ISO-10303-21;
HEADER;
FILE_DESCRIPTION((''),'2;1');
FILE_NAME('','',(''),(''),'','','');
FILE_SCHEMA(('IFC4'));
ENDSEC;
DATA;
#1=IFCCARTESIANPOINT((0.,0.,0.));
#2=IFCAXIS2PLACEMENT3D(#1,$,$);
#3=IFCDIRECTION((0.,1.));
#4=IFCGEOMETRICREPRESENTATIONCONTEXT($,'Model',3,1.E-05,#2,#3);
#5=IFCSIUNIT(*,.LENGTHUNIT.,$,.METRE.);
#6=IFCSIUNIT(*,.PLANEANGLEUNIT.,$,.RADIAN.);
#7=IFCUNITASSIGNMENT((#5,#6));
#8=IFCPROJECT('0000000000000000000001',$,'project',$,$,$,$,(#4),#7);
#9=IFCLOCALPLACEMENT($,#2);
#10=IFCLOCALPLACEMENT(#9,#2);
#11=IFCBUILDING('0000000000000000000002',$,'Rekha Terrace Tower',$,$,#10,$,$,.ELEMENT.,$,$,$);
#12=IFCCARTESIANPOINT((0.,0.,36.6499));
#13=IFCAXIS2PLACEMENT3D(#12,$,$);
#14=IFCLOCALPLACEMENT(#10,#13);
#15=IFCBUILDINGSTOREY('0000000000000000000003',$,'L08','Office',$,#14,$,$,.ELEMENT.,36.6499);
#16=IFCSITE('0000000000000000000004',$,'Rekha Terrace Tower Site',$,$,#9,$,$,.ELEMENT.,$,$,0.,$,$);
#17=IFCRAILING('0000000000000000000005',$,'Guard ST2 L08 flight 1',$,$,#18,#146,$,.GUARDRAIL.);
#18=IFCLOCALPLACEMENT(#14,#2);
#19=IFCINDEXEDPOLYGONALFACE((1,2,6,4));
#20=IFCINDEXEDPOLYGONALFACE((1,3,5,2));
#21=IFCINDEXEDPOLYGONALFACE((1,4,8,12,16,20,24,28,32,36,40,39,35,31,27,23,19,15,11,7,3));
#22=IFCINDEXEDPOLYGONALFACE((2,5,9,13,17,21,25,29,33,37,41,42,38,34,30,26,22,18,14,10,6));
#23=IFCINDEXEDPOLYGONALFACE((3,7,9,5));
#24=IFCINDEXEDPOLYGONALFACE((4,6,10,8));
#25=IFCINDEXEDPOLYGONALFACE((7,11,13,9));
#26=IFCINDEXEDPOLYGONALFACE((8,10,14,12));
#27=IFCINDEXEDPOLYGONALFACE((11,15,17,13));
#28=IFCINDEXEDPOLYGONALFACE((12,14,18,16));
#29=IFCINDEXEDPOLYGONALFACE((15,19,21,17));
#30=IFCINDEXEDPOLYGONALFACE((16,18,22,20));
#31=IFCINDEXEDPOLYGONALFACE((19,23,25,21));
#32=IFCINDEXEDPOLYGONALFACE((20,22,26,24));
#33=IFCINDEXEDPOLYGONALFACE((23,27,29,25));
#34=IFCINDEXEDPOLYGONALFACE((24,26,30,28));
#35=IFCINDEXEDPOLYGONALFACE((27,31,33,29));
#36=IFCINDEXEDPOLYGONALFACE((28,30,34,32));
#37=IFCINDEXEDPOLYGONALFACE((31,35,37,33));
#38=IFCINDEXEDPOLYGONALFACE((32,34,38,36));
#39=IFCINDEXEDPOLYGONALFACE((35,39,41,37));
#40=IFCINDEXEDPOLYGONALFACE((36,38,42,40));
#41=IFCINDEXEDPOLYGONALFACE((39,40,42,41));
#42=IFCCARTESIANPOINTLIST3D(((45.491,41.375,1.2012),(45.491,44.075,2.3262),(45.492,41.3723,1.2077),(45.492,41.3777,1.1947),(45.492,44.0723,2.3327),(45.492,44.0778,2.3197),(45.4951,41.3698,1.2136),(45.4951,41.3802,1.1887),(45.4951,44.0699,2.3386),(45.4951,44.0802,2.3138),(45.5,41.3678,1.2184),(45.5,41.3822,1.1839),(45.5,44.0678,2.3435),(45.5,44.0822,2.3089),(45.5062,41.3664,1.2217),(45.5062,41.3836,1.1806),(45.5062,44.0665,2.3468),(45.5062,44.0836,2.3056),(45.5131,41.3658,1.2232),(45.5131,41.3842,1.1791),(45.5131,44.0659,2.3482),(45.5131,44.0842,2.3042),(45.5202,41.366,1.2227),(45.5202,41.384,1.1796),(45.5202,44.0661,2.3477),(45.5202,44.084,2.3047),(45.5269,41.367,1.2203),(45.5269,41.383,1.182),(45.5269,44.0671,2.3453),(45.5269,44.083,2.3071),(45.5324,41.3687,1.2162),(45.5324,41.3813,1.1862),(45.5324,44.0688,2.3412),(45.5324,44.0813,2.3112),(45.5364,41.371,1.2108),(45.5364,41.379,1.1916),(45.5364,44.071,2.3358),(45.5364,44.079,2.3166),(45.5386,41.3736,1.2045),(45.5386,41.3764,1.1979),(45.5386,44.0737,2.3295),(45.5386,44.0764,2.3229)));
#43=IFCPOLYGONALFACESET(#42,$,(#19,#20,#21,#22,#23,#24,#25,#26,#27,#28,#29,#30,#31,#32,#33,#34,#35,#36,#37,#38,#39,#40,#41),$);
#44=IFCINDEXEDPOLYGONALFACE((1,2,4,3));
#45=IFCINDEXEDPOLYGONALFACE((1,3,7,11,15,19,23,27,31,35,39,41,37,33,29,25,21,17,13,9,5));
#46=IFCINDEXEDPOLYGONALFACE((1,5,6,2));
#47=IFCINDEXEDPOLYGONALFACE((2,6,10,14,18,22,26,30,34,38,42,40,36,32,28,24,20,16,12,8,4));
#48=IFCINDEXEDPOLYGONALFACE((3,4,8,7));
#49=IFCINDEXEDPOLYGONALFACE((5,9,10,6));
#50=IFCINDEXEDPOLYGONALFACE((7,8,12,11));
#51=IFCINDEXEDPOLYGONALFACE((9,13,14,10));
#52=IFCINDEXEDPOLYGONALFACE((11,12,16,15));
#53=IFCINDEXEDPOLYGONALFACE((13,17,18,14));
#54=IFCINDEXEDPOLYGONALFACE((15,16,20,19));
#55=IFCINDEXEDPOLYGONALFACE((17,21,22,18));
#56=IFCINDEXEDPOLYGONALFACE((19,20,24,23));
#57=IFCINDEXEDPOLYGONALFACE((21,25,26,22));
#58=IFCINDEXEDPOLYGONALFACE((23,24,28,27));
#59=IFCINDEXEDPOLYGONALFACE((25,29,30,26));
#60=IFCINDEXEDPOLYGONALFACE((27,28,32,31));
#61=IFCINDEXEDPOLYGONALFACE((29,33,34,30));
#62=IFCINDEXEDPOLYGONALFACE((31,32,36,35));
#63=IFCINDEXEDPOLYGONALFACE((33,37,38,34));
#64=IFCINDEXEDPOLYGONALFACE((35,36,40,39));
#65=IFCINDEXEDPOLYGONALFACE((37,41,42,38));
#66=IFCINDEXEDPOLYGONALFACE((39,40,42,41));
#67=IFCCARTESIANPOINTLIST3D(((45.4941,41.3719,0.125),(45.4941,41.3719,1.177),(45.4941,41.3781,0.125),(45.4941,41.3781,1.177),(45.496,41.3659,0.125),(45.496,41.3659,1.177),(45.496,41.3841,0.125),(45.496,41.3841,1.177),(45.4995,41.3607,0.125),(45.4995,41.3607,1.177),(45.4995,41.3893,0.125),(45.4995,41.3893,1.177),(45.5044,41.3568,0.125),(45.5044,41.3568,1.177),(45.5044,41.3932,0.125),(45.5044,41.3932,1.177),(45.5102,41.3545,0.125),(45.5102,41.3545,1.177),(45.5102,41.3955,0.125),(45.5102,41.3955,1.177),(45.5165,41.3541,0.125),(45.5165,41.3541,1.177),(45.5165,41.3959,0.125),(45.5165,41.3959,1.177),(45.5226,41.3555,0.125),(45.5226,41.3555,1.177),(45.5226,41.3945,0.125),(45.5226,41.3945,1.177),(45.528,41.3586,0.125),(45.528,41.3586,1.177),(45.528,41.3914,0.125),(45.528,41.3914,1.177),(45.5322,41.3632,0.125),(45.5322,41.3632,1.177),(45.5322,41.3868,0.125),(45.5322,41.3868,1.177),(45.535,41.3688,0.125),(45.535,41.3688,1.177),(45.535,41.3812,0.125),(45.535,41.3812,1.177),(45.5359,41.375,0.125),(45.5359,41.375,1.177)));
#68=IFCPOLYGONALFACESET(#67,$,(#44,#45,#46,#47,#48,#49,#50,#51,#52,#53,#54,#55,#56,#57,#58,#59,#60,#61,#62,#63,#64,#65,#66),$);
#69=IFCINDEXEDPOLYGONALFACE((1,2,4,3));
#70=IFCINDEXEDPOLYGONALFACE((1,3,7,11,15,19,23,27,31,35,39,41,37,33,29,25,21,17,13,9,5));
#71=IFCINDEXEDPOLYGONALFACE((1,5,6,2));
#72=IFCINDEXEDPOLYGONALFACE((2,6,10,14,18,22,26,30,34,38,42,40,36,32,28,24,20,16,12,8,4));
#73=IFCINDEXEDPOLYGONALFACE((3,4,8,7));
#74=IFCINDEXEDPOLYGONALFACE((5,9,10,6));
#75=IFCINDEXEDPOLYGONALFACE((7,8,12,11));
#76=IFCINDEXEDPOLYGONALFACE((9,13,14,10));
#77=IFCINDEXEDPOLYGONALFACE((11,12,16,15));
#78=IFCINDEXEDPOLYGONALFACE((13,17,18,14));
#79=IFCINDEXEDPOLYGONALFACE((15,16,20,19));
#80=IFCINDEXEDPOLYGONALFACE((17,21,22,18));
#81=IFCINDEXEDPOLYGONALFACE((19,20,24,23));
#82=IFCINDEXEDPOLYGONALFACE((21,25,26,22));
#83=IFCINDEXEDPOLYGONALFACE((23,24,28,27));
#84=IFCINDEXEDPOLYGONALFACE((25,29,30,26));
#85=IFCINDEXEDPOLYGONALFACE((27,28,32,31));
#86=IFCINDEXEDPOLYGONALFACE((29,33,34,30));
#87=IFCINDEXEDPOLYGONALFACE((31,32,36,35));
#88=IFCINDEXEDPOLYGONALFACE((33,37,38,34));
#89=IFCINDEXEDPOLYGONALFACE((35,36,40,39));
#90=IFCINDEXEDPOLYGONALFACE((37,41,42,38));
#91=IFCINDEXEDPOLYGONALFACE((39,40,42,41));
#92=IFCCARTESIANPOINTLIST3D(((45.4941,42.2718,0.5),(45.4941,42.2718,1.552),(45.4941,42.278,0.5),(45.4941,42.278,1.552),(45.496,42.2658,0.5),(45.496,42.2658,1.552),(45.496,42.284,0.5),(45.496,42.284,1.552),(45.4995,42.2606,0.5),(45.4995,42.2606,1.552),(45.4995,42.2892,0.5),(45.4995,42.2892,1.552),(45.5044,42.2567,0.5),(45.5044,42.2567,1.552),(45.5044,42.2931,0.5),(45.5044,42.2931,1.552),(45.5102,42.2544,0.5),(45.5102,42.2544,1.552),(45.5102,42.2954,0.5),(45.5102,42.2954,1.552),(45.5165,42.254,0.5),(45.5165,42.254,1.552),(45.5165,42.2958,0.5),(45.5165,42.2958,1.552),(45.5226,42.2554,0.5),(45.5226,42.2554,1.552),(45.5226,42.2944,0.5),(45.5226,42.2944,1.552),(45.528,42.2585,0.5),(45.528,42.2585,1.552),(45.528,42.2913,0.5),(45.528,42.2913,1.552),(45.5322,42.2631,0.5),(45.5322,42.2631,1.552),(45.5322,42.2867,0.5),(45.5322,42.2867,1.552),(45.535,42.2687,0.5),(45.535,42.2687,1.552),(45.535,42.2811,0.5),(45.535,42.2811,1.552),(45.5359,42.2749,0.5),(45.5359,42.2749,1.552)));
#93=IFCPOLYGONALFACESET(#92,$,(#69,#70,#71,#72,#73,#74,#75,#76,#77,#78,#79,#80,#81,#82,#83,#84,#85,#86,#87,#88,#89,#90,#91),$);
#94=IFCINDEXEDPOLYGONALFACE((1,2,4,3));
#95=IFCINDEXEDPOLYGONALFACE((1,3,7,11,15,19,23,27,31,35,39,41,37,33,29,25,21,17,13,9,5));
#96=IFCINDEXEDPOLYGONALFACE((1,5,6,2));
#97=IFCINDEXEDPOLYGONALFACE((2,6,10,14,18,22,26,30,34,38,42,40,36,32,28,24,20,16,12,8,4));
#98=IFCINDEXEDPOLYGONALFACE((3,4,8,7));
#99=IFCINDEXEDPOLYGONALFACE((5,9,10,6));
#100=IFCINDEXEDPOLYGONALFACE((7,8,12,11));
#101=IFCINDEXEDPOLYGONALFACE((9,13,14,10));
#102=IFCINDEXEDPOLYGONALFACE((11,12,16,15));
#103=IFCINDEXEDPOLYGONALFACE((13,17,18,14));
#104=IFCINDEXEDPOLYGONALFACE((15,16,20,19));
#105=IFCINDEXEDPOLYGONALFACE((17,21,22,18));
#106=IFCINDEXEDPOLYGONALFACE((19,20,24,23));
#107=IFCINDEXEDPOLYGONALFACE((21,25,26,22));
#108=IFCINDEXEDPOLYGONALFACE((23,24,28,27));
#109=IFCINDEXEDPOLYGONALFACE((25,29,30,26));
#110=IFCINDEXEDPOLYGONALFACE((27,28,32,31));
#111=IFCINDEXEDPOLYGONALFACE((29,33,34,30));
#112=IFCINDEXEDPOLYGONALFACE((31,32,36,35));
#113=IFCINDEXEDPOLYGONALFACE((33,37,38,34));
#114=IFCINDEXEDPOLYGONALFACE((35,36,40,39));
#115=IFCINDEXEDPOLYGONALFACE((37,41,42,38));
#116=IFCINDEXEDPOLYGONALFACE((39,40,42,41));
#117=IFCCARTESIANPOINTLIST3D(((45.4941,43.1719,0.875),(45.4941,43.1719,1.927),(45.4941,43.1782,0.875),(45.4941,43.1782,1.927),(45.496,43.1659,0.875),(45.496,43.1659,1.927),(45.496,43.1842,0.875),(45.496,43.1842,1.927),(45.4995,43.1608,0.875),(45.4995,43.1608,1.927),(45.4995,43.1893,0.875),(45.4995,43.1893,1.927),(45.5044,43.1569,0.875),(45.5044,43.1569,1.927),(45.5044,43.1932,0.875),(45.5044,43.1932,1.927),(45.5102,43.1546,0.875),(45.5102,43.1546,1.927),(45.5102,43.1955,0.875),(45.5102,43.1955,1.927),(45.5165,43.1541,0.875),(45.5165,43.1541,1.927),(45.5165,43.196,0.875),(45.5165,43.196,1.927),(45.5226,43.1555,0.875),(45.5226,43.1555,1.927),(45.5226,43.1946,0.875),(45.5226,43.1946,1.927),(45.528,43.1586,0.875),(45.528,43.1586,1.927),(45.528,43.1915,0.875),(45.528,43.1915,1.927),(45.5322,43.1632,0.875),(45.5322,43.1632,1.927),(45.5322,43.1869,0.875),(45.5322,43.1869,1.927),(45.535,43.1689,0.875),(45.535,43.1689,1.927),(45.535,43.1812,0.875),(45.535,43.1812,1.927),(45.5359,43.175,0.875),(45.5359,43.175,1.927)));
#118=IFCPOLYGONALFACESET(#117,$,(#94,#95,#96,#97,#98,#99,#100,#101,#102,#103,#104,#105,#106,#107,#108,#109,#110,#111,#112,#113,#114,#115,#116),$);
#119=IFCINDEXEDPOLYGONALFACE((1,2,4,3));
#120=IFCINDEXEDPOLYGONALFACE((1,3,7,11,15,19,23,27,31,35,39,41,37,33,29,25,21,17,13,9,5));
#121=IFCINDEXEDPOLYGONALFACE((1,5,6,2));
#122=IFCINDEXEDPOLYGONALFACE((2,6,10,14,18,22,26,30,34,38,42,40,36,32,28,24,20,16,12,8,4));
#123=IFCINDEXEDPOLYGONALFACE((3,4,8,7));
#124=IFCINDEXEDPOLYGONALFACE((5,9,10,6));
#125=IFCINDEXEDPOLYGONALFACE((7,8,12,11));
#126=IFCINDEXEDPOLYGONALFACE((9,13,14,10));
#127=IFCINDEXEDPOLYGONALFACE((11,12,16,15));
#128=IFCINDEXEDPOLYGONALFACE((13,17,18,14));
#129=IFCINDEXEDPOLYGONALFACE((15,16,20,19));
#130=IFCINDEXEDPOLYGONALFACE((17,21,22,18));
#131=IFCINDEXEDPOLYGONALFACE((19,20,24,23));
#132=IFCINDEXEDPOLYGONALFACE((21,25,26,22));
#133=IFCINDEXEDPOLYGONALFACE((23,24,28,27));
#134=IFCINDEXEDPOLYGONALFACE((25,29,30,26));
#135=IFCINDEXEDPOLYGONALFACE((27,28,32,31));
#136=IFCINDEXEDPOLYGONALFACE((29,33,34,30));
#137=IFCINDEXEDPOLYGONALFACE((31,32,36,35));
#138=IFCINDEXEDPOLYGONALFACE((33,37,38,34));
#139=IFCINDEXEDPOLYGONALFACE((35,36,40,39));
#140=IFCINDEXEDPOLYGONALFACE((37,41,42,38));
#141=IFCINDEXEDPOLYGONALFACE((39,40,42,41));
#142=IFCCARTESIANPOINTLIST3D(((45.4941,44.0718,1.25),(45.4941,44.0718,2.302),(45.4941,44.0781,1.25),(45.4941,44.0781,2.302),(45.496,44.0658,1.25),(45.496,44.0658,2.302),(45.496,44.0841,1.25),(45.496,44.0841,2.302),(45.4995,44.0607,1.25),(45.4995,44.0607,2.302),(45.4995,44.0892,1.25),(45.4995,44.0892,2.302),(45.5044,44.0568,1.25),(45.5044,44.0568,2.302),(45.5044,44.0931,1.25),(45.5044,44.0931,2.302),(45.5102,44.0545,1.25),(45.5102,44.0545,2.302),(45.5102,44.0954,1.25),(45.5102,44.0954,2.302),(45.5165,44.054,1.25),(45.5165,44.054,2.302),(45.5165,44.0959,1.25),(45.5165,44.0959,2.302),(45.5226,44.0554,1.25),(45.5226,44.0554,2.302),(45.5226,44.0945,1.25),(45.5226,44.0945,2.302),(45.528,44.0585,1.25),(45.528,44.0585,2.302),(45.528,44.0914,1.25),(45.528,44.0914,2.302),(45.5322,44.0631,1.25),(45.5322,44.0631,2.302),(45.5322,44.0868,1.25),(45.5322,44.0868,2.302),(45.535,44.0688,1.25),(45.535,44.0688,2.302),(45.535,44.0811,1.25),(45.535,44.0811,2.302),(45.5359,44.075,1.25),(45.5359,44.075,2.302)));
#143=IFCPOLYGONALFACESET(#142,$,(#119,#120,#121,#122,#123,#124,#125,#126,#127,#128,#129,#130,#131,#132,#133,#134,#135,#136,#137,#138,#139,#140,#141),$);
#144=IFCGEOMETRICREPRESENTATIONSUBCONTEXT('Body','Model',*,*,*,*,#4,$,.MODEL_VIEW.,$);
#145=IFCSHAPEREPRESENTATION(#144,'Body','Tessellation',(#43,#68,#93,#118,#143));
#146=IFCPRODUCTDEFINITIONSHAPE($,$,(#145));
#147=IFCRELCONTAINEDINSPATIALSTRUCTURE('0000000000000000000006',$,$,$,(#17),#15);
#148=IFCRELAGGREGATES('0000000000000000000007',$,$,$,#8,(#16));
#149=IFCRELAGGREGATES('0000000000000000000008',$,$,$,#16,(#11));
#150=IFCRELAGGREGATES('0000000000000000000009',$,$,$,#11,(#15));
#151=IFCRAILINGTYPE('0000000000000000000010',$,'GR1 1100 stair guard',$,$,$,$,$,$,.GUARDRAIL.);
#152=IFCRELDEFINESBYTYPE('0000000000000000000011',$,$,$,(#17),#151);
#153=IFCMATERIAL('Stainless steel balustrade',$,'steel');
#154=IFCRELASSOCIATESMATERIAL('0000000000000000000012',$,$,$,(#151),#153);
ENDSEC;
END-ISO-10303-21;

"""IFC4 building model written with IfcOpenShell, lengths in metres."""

from ifc_helpers import new_model, si_unit, direction, frame, origin, origin_2d, place, context, subcontext, project, spatial, circle, extrude, material, type_object, element, save


model = new_model("IFC4")

# Units and contexts
model_context = context("Model", 3, precision=1e-05, world=origin(), true_north=direction((0.0, 1.0)))
body_context = subcontext(model_context, "Body", "Model", "MODEL_VIEW")
ifc_project = project(units=[si_unit("LENGTHUNIT", "METRE"), si_unit("PLANEANGLEUNIT", "RADIAN")], contexts=[model_context])

# Site, building, storey
site_placement = place(None, origin())
site = spatial("IfcSite", under=ifc_project, at=site_placement, Name="Rekha Terrace Tower Site", CompositionType="ELEMENT", RefElevation=0.0)
building_placement = place(site_placement, origin())
building = spatial("IfcBuilding", under=site, at=building_placement, Name="Rekha Terrace Tower", CompositionType="ELEMENT")
storey_placement = place(building_placement, frame((0.0, 0.0, 36.6499)))
storey = spatial("IfcBuildingStorey", under=building, at=storey_placement, Name="L08", Description="Office", CompositionType="ELEMENT", Elevation=36.6499)

# Railing
ifc_material_1 = material(Name="Stainless steel balustrade", Category="steel")
railing_type_1 = type_object("IfcRailingType", Name="GR1 1100 stair guard", PredefinedType="GUARDRAIL", material=ifc_material_1)
railing_1_placement = place(storey_placement, frame((45.5149, 41.375, 0.125)))
element("IfcRailing", 1, at=railing_1_placement, inside=storey, type_object=railing_type_1, Name="Guard ST2 L08 flight 1", PredefinedType="GUARDRAIL", context=body_context, shape_type="SweptSolid", body=[
    extrude(circle(Radius=0.0239, at=origin_2d()), frame((0.0, 0.0, 1.0762), z_axis=(0.0, 0.923074, 0.384621), x_axis=(-1.0, 0.0, 0.0)), (0.0, 0.0, 1.0), 2.925),
    extrude(circle(Radius=0.021, at=origin_2d()), origin(), (0.0, 0.0, 1.0), 1.052),
    extrude(circle(Radius=0.021, at=origin_2d()), frame((0.0, 0.8999, 0.375)), (0.0, 0.0, 1.0), 1.052),
    extrude(circle(Radius=0.021, at=origin_2d()), frame((0.0, 1.8, 0.75)), (0.0, 0.0, 1.0), 1.052),
    extrude(circle(Radius=0.021, at=origin_2d()), frame((0.0, 2.7, 1.125)), (0.0, 0.0, 1.0), 1.052),
])

save(model, "model.ifc")
